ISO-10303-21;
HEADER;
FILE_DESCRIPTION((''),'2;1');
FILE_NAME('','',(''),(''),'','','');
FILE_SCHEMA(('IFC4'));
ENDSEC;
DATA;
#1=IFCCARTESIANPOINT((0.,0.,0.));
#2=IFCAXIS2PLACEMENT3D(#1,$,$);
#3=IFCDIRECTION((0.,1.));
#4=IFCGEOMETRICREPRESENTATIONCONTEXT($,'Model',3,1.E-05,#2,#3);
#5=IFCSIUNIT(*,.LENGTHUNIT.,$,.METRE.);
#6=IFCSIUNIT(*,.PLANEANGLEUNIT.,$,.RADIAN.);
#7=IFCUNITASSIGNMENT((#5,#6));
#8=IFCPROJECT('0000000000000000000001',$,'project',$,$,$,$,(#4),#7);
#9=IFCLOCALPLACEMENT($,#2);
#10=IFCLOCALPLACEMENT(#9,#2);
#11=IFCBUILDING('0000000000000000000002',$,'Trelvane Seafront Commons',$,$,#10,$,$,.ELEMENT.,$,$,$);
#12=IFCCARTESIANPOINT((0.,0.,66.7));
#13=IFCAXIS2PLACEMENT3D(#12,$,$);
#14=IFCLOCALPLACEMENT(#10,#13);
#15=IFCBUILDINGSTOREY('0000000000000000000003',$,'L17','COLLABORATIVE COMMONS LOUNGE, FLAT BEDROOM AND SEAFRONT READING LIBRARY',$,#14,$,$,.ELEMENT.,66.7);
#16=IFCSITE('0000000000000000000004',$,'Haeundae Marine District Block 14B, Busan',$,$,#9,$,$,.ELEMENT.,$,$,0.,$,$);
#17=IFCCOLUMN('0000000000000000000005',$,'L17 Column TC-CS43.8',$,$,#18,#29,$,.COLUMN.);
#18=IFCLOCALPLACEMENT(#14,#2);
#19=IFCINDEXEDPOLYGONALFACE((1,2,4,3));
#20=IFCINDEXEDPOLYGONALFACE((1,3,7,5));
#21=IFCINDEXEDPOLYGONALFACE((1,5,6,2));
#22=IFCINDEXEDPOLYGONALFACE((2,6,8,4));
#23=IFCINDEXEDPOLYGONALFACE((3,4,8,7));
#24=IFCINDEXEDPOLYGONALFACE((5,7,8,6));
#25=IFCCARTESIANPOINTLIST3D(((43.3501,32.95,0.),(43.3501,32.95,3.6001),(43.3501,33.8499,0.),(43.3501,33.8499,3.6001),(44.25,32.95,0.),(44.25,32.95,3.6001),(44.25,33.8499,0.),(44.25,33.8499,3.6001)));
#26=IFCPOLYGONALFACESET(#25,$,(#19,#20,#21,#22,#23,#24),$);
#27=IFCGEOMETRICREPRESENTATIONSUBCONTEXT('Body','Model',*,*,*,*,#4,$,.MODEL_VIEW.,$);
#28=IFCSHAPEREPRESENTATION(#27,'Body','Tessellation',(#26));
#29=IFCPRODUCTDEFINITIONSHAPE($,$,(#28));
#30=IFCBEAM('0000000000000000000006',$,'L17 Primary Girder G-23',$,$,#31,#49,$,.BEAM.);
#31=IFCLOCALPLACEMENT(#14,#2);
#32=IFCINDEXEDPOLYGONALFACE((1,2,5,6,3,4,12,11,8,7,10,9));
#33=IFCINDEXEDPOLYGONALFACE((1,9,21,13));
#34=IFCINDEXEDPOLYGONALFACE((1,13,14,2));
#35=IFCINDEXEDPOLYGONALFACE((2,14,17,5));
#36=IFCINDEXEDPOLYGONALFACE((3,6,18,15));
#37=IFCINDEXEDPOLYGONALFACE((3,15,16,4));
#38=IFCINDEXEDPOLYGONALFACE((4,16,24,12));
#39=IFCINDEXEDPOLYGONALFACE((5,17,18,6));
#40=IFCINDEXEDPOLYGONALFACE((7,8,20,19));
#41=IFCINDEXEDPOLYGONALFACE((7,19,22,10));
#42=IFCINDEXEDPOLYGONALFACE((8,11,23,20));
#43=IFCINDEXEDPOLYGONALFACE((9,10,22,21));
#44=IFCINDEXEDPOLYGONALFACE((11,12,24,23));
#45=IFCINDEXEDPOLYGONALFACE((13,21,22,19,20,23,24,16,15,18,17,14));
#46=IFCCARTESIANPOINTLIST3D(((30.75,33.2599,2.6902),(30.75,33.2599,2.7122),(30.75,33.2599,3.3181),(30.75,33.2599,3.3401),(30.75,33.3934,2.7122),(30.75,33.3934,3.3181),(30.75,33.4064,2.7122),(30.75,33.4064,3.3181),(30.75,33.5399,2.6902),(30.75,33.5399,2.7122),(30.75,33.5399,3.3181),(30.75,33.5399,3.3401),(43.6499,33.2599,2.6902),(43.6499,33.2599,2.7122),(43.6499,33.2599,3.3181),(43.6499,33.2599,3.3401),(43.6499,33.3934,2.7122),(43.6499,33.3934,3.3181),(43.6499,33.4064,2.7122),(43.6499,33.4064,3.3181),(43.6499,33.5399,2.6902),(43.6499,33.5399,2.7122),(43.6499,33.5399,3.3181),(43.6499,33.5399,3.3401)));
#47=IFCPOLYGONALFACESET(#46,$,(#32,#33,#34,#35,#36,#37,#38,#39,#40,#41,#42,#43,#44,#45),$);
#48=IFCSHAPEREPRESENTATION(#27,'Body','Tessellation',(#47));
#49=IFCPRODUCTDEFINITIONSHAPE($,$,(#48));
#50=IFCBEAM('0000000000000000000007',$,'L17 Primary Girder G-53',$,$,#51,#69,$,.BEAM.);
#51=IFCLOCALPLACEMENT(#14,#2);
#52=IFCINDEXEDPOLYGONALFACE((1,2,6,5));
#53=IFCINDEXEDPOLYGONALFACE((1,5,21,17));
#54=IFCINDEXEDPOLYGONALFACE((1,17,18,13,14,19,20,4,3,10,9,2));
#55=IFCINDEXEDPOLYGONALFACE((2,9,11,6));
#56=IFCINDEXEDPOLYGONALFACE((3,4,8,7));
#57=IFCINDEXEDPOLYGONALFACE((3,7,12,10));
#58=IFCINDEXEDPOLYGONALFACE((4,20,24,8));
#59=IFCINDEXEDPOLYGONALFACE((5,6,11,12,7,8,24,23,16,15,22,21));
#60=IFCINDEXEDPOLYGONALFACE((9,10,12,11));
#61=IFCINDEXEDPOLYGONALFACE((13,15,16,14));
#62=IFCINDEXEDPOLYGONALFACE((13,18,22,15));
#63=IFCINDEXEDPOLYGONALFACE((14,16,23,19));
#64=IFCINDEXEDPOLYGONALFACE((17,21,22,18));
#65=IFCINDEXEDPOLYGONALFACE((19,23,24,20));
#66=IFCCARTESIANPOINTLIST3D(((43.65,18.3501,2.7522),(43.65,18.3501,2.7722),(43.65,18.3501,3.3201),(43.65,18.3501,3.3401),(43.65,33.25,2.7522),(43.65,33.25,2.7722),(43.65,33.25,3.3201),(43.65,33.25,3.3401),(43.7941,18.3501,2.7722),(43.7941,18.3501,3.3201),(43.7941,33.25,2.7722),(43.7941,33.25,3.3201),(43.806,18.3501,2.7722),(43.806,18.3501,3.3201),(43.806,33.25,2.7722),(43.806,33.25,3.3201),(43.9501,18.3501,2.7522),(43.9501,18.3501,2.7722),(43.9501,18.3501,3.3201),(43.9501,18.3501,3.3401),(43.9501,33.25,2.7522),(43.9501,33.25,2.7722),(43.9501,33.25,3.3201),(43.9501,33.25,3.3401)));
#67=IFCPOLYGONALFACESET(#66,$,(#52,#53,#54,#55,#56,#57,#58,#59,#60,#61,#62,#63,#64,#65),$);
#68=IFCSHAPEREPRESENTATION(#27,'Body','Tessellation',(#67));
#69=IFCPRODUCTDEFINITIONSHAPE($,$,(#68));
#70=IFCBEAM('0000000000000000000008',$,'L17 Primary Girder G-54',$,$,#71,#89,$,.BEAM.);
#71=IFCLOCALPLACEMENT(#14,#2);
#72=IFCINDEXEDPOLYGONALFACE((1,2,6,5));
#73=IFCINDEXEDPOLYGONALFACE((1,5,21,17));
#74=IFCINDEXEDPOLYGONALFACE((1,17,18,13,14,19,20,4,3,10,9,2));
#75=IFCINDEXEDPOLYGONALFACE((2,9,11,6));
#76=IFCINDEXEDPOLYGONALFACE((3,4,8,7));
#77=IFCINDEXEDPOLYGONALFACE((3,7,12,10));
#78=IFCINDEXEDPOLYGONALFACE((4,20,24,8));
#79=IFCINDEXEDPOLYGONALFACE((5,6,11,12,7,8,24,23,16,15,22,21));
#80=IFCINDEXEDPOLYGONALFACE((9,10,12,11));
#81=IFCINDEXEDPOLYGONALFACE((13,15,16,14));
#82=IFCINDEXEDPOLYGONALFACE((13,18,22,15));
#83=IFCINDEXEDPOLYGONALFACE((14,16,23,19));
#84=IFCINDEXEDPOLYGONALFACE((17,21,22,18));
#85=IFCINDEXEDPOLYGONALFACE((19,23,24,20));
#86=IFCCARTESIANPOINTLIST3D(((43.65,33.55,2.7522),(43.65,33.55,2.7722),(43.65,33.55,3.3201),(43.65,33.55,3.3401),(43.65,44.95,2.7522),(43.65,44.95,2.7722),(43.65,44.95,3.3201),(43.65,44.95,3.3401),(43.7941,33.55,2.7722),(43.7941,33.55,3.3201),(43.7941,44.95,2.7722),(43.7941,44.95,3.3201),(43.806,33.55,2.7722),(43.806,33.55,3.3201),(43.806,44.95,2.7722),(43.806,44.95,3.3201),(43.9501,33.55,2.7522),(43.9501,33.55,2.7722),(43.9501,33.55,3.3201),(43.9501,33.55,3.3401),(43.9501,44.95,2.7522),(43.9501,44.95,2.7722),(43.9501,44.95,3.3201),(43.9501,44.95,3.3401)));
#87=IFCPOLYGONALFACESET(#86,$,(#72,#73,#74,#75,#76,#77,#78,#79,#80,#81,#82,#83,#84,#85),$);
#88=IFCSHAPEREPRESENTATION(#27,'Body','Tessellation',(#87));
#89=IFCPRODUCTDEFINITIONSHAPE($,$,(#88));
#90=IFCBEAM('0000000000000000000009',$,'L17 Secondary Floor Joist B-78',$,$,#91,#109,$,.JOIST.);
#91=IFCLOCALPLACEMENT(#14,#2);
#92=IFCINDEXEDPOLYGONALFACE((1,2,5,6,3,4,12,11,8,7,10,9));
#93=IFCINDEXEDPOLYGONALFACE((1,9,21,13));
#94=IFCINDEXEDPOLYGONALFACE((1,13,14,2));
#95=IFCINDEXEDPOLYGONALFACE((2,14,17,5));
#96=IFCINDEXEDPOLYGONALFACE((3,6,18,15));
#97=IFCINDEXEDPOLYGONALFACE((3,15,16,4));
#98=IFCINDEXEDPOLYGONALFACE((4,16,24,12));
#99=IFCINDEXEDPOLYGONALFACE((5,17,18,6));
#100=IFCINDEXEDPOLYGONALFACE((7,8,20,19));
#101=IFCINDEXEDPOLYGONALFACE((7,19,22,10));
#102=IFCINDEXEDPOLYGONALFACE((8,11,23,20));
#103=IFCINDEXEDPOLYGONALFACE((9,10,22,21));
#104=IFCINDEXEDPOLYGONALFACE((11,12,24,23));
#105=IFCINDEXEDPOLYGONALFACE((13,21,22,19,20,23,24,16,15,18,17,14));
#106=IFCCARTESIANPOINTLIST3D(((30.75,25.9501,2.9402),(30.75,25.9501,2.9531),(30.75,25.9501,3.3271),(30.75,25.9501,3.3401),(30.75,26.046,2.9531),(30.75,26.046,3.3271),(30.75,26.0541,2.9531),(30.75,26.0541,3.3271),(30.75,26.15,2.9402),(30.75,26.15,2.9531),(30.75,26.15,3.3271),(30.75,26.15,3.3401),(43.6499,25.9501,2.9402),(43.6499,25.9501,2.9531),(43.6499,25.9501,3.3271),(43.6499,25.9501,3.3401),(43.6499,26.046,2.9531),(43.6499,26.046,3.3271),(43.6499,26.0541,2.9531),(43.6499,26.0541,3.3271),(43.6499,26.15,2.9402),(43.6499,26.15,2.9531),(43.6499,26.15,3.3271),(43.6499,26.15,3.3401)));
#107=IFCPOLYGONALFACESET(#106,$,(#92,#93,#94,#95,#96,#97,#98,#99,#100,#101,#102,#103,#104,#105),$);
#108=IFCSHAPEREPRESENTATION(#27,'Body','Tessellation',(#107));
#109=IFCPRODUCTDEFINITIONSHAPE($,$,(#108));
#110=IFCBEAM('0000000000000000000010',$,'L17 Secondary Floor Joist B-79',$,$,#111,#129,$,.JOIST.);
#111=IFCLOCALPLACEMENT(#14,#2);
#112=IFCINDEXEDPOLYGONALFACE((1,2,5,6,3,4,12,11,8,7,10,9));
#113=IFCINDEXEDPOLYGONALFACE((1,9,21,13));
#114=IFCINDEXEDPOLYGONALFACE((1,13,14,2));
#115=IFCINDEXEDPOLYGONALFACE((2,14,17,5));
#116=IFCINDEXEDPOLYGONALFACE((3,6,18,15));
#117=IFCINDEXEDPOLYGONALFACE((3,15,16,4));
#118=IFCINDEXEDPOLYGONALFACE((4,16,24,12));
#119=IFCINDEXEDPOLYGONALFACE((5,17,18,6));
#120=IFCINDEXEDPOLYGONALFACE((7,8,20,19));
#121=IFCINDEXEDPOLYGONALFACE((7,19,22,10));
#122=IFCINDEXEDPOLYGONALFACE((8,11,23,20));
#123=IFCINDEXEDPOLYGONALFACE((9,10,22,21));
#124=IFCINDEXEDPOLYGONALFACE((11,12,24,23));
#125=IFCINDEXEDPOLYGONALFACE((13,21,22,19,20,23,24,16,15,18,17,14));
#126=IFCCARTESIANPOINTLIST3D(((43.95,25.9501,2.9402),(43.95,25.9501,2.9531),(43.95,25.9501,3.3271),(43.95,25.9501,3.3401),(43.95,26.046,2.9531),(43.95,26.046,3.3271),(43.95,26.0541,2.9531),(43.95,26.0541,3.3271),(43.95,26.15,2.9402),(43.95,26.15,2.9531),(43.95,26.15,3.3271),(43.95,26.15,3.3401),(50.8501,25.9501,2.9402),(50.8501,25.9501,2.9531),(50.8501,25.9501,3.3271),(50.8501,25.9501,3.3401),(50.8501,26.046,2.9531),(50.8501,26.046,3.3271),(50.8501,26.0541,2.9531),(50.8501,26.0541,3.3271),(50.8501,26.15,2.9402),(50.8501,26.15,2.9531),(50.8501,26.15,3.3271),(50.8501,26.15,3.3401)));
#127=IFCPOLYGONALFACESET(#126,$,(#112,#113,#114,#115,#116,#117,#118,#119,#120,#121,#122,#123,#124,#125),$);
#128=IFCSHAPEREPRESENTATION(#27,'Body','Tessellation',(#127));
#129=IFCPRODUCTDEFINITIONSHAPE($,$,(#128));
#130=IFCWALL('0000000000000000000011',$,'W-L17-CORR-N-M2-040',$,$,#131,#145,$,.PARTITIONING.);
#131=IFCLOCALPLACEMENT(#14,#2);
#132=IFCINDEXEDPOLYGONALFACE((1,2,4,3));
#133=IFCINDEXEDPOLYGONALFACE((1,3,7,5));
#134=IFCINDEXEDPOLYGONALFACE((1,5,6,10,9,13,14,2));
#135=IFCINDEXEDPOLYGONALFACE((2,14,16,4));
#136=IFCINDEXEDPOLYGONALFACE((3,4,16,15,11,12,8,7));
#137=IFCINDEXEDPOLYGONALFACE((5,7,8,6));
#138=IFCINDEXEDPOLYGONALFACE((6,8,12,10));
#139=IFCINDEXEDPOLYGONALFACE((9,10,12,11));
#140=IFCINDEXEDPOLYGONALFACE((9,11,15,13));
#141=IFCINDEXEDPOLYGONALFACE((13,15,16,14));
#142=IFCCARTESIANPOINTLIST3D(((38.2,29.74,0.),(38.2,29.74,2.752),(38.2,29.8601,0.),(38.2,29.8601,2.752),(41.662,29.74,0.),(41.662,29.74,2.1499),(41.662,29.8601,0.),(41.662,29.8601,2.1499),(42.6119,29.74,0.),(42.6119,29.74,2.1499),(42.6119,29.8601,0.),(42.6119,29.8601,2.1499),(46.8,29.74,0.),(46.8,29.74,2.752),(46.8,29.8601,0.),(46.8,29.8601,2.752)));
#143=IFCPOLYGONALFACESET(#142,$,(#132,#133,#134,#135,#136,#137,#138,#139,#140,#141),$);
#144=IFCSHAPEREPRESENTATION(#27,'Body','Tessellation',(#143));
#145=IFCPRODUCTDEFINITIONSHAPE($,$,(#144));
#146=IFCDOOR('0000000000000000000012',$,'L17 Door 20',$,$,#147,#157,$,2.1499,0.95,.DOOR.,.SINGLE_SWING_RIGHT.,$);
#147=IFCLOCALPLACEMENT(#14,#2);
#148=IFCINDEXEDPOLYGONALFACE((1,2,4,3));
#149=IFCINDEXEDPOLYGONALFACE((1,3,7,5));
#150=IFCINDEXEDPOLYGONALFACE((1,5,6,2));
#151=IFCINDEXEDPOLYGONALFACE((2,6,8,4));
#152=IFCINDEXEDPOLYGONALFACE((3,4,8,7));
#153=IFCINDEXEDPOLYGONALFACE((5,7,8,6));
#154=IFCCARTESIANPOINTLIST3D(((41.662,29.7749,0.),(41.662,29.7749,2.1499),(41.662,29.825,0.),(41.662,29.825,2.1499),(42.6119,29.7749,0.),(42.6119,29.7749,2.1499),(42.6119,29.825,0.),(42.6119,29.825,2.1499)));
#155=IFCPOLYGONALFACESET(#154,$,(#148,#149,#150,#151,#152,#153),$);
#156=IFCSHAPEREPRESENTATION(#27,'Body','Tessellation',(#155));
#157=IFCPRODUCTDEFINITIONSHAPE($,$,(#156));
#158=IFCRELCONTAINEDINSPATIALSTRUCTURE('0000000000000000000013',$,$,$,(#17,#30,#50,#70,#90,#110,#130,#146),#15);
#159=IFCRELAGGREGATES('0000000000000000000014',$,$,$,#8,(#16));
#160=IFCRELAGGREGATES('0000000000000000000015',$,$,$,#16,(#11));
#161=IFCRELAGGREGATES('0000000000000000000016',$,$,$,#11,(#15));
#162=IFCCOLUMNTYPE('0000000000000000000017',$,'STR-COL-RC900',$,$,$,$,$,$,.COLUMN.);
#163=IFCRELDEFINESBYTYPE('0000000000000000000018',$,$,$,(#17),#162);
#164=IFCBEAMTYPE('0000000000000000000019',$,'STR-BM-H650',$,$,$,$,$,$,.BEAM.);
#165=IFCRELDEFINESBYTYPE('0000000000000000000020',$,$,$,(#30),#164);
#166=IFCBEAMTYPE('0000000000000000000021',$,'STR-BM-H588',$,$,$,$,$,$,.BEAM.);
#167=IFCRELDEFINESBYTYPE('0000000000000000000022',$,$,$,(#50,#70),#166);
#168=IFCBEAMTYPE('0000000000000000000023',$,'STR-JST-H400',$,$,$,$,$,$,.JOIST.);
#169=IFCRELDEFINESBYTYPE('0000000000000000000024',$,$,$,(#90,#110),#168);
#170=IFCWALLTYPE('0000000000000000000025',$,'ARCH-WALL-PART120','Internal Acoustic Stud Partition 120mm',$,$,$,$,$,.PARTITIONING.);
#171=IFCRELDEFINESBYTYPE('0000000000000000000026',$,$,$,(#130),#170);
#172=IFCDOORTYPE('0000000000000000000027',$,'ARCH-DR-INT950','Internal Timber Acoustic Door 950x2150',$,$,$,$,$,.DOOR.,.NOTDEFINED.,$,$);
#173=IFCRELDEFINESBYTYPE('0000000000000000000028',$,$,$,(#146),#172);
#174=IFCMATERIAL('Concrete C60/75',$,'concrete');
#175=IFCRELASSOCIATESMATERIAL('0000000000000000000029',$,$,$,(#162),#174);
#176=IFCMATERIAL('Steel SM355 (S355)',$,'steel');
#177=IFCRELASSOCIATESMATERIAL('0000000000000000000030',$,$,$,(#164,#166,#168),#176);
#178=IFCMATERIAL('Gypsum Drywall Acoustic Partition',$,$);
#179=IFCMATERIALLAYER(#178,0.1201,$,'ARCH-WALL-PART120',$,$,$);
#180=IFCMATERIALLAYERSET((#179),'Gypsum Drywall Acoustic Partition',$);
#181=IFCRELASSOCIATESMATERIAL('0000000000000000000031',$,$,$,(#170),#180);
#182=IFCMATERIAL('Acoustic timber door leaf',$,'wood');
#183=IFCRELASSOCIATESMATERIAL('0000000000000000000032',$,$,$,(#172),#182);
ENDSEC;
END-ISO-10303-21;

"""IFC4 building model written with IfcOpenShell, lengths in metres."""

from ifc_helpers import new_model, si_unit, direction, frame, frame_2d, origin, origin_2d, place, context, subcontext, project, spatial, rectangle, i_section, extrude, source, transform, mapped, material, layer, layer_set, material_profile, profile_set, type_object, element, fill, save


model = new_model("IFC4")

# Units and contexts
model_context = context("Model", 3, precision=1e-05, world=origin(), true_north=direction((0.0, 1.0)))
body_context = subcontext(model_context, "Body", "Model", "MODEL_VIEW")
ifc_project = project(units=[si_unit("LENGTHUNIT", "METRE"), si_unit("PLANEANGLEUNIT", "RADIAN")], contexts=[model_context])

# Site, building, storey
site_placement = place(None, origin())
site = spatial("IfcSite", under=ifc_project, at=site_placement, Name="Haeundae Marine District Block 14B, Busan", CompositionType="ELEMENT", RefElevation=0.0)
building_placement = place(site_placement, origin())
building = spatial("IfcBuilding", under=site, at=building_placement, Name="Trelvane Seafront Commons", CompositionType="ELEMENT")
storey_placement = place(building_placement, frame((0.0, 0.0, 66.7)))
storey = spatial("IfcBuildingStorey", under=building, at=storey_placement, Name="L17", Description="COLLABORATIVE COMMONS LOUNGE, FLAT BEDROOM AND SEAFRONT READING LIBRARY", CompositionType="ELEMENT", Elevation=66.7)

# Column
ifc_material_1 = material(Name="Concrete C60/75", Category="concrete")
ifc_material_profile_1 = material_profile(ifc_material_1, rectangle(XDim=0.8999, YDim=0.8999, at=origin_2d()), Name="RC-900x900")
ifc_profile_set_1 = profile_set([ifc_material_profile_1], Name="Concrete C60/75")
column_type = type_object("IfcColumnType", Name="STR-COL-RC900", PredefinedType="COLUMN", material=ifc_profile_set_1)
shared_shape_1 = source(origin(), body_context, "Body", "SweptSolid", [
    extrude(rectangle(XDim=0.8999, YDim=0.8999, at=origin_2d()), origin(), (0.0, 0.0, 1.0), 3.6001),
])
column_placement = place(storey_placement, frame((43.8, 33.3999, 0.0), z_axis=(0.0, 0.0, 1.0), x_axis=(1.0, 0.0, 0.0)))
element("IfcColumn", 1, at=column_placement, inside=storey, type_object=column_type, Name="L17 Column TC-CS43.8", PredefinedType="COLUMN", context=body_context, shape_type="MappedRepresentation", body=[
    mapped(shared_shape_1, transform((0.0, 0.0, 0.0), x_axis=(1.0, 0.0, 0.0), y_axis=(0.0, 1.0, 0.0), z_axis=(0.0, 0.0, 1.0), scale=1.0)),
])

# Beams
ifc_material_2 = material(Name="Steel SM355 (S355)", Category="steel")
ifc_material_profile_2 = material_profile(ifc_material_2, i_section(OverallWidth=0.28, OverallDepth=0.6499, WebThickness=0.0129, FlangeThickness=0.022, at=origin_2d()), Name="H-650x280x13x22")
ifc_profile_set_2 = profile_set([ifc_material_profile_2], Name="Steel SM355 (S355)")
beam_type_1 = type_object("IfcBeamType", Name="STR-BM-H650", PredefinedType="BEAM", material=ifc_profile_set_2)
shared_shape_2 = source(origin(), body_context, "Body", "SweptSolid", [
    extrude(i_section(OverallWidth=0.28, OverallDepth=0.6499, WebThickness=0.0129, FlangeThickness=0.022, at=origin_2d()), origin(), (0.0, 0.0, 1.0), 12.8999),
])
beam_1_placement = place(storey_placement, frame((30.75, 33.3999, 3.0151), z_axis=(1.0, 0.0, 0.0), x_axis=(0.0, 1.0, 0.0)))
element("IfcBeam", 2, at=beam_1_placement, inside=storey, type_object=beam_type_1, Name="L17 Primary Girder G-23", PredefinedType="BEAM", context=body_context, shape_type="MappedRepresentation", body=[
    mapped(shared_shape_2, transform((0.0, 0.0, 0.0), x_axis=(1.0, 0.0, 0.0), y_axis=(0.0, 1.0, 0.0), z_axis=(0.0, 0.0, 1.0), scale=1.0)),
])
ifc_material_profile_3 = material_profile(ifc_material_2, i_section(OverallWidth=0.3, OverallDepth=0.5879, WebThickness=0.012, FlangeThickness=0.02, at=origin_2d()), Name="H-588x300x12x20")
ifc_profile_set_3 = profile_set([ifc_material_profile_3], Name="Steel SM355 (S355)")
beam_type_2 = type_object("IfcBeamType", Name="STR-BM-H588", PredefinedType="BEAM", material=ifc_profile_set_3)
shared_shape_3 = source(origin(), body_context, "Body", "SweptSolid", [
    extrude(i_section(OverallWidth=0.3, OverallDepth=0.5879, WebThickness=0.012, FlangeThickness=0.02, at=origin_2d()), origin(), (0.0, 0.0, 1.0), 14.8999),
])
beam_2_placement = place(storey_placement, frame((43.8, 18.3501, 3.0461), z_axis=(0.0, 1.0, 0.0), x_axis=(-1.0, 0.0, 0.0)))
element("IfcBeam", 3, at=beam_2_placement, inside=storey, type_object=beam_type_2, Name="L17 Primary Girder G-53", PredefinedType="BEAM", context=body_context, shape_type="MappedRepresentation", body=[
    mapped(shared_shape_3, transform((0.0, 0.0, 0.0), x_axis=(1.0, 0.0, 0.0), y_axis=(0.0, 1.0, 0.0), z_axis=(0.0, 0.0, 1.0), scale=1.0)),
])
shared_shape_4 = source(origin(), body_context, "Body", "SweptSolid", [
    extrude(i_section(OverallWidth=0.3, OverallDepth=0.5879, WebThickness=0.012, FlangeThickness=0.02, at=origin_2d()), origin(), (0.0, 0.0, 1.0), 11.3999),
])
beam_3_placement = place(storey_placement, frame((43.8, 33.55, 3.0461), z_axis=(0.0, 1.0, 0.0), x_axis=(-1.0, 0.0, 0.0)))
element("IfcBeam", 4, at=beam_3_placement, inside=storey, type_object=beam_type_2, Name="L17 Primary Girder G-54", PredefinedType="BEAM", context=body_context, shape_type="MappedRepresentation", body=[
    mapped(shared_shape_4, transform((0.0, 0.0, 0.0), x_axis=(1.0, 0.0, 0.0), y_axis=(0.0, 1.0, 0.0), z_axis=(0.0, 0.0, 1.0), scale=1.0)),
])
ifc_material_profile_4 = material_profile(ifc_material_2, i_section(OverallWidth=0.2, OverallDepth=0.3999, WebThickness=0.0081, FlangeThickness=0.0129, at=origin_2d()), Name="H-400x200x8x13")
ifc_profile_set_4 = profile_set([ifc_material_profile_4], Name="Steel SM355 (S355)")
beam_type_3 = type_object("IfcBeamType", Name="STR-JST-H400", PredefinedType="JOIST", material=ifc_profile_set_4)
shared_shape_5 = source(origin(), body_context, "Body", "SweptSolid", [
    extrude(i_section(OverallWidth=0.2, OverallDepth=0.3999, WebThickness=0.0081, FlangeThickness=0.0129, at=origin_2d()), origin(), (0.0, 0.0, 1.0), 12.8999),
])
beam_4_placement = place(storey_placement, frame((30.75, 26.05, 3.1401), z_axis=(1.0, 0.0, 0.0), x_axis=(0.0, 1.0, 0.0)))
element("IfcBeam", 5, at=beam_4_placement, inside=storey, type_object=beam_type_3, Name="L17 Secondary Floor Joist B-78", PredefinedType="JOIST", context=body_context, shape_type="MappedRepresentation", body=[
    mapped(shared_shape_5, transform((0.0, 0.0, 0.0), x_axis=(1.0, 0.0, 0.0), y_axis=(0.0, 1.0, 0.0), z_axis=(0.0, 0.0, 1.0), scale=1.0)),
])
shared_shape_6 = source(origin(), body_context, "Body", "SweptSolid", [
    extrude(i_section(OverallWidth=0.2, OverallDepth=0.3999, WebThickness=0.0081, FlangeThickness=0.0129, at=origin_2d()), origin(), (0.0, 0.0, 1.0), 6.9001),
])
beam_5_placement = place(storey_placement, frame((43.95, 26.05, 3.1401), z_axis=(1.0, 0.0, 0.0), x_axis=(0.0, 1.0, 0.0)))
element("IfcBeam", 6, at=beam_5_placement, inside=storey, type_object=beam_type_3, Name="L17 Secondary Floor Joist B-79", PredefinedType="JOIST", context=body_context, shape_type="MappedRepresentation", body=[
    mapped(shared_shape_6, transform((0.0, 0.0, 0.0), x_axis=(1.0, 0.0, 0.0), y_axis=(0.0, 1.0, 0.0), z_axis=(0.0, 0.0, 1.0), scale=1.0)),
])

# Wall, opening, door
ifc_material_3 = material(Name="Gypsum Drywall Acoustic Partition")
ifc_layer_1 = layer(ifc_material_3, 0.1201, Name="ARCH-WALL-PART120")
ifc_layer_set_1 = layer_set([ifc_layer_1], Name="Gypsum Drywall Acoustic Partition")
wall_type_1 = type_object("IfcWallType", Name="ARCH-WALL-PART120", Description="Internal Acoustic Stud Partition 120mm", PredefinedType="PARTITIONING", material=ifc_layer_set_1)
wall_1_placement = place(storey_placement, frame((38.2, 29.8, 0.0), z_axis=(0.0, 0.0, 1.0), x_axis=(1.0, 0.0, 0.0)))
wall_1 = element("IfcWall", 7, at=wall_1_placement, inside=storey, type_object=wall_type_1, Name="W-L17-CORR-N-M2-040", PredefinedType="PARTITIONING", context=body_context, shape_type="SweptSolid", body=[
    extrude(rectangle(XDim=8.6001, YDim=0.1201, at=frame_2d((4.3, 0.0))), origin(), (0.0, 0.0, 1.0), 2.752),
])
opening_1_placement = place(wall_1_placement, frame((3.4619, 0.0, 0.0)))
opening_1 = element("IfcOpeningElement", 8, at=opening_1_placement, cuts=wall_1, PredefinedType="OPENING", context=body_context, shape_type="SweptSolid", body=[
    extrude(rectangle(XDim=0.95, YDim=2.1499, at=frame_2d((0.4751, 1.075))), frame((0.0, 0.0701, 0.0), z_axis=(0.0, -1.0, 0.0), x_axis=(1.0, 0.0, 0.0)), (0.0, 0.0, 1.0), 0.1401),
])
ifc_material_4 = material(Name="Acoustic timber door leaf", Category="wood")
door_type_1 = type_object("IfcDoorType", Name="ARCH-DR-INT950", Description="Internal Timber Acoustic Door 950x2150", OperationType="NOTDEFINED", PredefinedType="DOOR", material=ifc_material_4)
shared_shape_7 = source(origin(), body_context, "Body", "SweptSolid", [
    extrude(rectangle(XDim=0.95, YDim=2.1499, at=frame_2d((0.4751, 1.075))), frame((0.0, 0.0249, 0.0), z_axis=(0.0, -1.0, 0.0), x_axis=(1.0, 0.0, 0.0)), (0.0, 0.0, 1.0), 0.05),
])
door_1_placement = place(opening_1_placement, origin())
door_1 = element("IfcDoor", 9, at=door_1_placement, inside=storey, type_object=door_type_1, Name="L17 Door 20", OperationType="SINGLE_SWING_RIGHT", OverallHeight=2.1499, OverallWidth=0.95, PredefinedType="DOOR", context=body_context, shape_type="MappedRepresentation", body=[
    mapped(shared_shape_7, transform((0.0, 0.0, 0.0), x_axis=(1.0, 0.0, 0.0), y_axis=(0.0, 1.0, 0.0), z_axis=(0.0, 0.0, 1.0), scale=1.0)),
])
fill(opening_1, door_1)

save(model, "model.ifc")
